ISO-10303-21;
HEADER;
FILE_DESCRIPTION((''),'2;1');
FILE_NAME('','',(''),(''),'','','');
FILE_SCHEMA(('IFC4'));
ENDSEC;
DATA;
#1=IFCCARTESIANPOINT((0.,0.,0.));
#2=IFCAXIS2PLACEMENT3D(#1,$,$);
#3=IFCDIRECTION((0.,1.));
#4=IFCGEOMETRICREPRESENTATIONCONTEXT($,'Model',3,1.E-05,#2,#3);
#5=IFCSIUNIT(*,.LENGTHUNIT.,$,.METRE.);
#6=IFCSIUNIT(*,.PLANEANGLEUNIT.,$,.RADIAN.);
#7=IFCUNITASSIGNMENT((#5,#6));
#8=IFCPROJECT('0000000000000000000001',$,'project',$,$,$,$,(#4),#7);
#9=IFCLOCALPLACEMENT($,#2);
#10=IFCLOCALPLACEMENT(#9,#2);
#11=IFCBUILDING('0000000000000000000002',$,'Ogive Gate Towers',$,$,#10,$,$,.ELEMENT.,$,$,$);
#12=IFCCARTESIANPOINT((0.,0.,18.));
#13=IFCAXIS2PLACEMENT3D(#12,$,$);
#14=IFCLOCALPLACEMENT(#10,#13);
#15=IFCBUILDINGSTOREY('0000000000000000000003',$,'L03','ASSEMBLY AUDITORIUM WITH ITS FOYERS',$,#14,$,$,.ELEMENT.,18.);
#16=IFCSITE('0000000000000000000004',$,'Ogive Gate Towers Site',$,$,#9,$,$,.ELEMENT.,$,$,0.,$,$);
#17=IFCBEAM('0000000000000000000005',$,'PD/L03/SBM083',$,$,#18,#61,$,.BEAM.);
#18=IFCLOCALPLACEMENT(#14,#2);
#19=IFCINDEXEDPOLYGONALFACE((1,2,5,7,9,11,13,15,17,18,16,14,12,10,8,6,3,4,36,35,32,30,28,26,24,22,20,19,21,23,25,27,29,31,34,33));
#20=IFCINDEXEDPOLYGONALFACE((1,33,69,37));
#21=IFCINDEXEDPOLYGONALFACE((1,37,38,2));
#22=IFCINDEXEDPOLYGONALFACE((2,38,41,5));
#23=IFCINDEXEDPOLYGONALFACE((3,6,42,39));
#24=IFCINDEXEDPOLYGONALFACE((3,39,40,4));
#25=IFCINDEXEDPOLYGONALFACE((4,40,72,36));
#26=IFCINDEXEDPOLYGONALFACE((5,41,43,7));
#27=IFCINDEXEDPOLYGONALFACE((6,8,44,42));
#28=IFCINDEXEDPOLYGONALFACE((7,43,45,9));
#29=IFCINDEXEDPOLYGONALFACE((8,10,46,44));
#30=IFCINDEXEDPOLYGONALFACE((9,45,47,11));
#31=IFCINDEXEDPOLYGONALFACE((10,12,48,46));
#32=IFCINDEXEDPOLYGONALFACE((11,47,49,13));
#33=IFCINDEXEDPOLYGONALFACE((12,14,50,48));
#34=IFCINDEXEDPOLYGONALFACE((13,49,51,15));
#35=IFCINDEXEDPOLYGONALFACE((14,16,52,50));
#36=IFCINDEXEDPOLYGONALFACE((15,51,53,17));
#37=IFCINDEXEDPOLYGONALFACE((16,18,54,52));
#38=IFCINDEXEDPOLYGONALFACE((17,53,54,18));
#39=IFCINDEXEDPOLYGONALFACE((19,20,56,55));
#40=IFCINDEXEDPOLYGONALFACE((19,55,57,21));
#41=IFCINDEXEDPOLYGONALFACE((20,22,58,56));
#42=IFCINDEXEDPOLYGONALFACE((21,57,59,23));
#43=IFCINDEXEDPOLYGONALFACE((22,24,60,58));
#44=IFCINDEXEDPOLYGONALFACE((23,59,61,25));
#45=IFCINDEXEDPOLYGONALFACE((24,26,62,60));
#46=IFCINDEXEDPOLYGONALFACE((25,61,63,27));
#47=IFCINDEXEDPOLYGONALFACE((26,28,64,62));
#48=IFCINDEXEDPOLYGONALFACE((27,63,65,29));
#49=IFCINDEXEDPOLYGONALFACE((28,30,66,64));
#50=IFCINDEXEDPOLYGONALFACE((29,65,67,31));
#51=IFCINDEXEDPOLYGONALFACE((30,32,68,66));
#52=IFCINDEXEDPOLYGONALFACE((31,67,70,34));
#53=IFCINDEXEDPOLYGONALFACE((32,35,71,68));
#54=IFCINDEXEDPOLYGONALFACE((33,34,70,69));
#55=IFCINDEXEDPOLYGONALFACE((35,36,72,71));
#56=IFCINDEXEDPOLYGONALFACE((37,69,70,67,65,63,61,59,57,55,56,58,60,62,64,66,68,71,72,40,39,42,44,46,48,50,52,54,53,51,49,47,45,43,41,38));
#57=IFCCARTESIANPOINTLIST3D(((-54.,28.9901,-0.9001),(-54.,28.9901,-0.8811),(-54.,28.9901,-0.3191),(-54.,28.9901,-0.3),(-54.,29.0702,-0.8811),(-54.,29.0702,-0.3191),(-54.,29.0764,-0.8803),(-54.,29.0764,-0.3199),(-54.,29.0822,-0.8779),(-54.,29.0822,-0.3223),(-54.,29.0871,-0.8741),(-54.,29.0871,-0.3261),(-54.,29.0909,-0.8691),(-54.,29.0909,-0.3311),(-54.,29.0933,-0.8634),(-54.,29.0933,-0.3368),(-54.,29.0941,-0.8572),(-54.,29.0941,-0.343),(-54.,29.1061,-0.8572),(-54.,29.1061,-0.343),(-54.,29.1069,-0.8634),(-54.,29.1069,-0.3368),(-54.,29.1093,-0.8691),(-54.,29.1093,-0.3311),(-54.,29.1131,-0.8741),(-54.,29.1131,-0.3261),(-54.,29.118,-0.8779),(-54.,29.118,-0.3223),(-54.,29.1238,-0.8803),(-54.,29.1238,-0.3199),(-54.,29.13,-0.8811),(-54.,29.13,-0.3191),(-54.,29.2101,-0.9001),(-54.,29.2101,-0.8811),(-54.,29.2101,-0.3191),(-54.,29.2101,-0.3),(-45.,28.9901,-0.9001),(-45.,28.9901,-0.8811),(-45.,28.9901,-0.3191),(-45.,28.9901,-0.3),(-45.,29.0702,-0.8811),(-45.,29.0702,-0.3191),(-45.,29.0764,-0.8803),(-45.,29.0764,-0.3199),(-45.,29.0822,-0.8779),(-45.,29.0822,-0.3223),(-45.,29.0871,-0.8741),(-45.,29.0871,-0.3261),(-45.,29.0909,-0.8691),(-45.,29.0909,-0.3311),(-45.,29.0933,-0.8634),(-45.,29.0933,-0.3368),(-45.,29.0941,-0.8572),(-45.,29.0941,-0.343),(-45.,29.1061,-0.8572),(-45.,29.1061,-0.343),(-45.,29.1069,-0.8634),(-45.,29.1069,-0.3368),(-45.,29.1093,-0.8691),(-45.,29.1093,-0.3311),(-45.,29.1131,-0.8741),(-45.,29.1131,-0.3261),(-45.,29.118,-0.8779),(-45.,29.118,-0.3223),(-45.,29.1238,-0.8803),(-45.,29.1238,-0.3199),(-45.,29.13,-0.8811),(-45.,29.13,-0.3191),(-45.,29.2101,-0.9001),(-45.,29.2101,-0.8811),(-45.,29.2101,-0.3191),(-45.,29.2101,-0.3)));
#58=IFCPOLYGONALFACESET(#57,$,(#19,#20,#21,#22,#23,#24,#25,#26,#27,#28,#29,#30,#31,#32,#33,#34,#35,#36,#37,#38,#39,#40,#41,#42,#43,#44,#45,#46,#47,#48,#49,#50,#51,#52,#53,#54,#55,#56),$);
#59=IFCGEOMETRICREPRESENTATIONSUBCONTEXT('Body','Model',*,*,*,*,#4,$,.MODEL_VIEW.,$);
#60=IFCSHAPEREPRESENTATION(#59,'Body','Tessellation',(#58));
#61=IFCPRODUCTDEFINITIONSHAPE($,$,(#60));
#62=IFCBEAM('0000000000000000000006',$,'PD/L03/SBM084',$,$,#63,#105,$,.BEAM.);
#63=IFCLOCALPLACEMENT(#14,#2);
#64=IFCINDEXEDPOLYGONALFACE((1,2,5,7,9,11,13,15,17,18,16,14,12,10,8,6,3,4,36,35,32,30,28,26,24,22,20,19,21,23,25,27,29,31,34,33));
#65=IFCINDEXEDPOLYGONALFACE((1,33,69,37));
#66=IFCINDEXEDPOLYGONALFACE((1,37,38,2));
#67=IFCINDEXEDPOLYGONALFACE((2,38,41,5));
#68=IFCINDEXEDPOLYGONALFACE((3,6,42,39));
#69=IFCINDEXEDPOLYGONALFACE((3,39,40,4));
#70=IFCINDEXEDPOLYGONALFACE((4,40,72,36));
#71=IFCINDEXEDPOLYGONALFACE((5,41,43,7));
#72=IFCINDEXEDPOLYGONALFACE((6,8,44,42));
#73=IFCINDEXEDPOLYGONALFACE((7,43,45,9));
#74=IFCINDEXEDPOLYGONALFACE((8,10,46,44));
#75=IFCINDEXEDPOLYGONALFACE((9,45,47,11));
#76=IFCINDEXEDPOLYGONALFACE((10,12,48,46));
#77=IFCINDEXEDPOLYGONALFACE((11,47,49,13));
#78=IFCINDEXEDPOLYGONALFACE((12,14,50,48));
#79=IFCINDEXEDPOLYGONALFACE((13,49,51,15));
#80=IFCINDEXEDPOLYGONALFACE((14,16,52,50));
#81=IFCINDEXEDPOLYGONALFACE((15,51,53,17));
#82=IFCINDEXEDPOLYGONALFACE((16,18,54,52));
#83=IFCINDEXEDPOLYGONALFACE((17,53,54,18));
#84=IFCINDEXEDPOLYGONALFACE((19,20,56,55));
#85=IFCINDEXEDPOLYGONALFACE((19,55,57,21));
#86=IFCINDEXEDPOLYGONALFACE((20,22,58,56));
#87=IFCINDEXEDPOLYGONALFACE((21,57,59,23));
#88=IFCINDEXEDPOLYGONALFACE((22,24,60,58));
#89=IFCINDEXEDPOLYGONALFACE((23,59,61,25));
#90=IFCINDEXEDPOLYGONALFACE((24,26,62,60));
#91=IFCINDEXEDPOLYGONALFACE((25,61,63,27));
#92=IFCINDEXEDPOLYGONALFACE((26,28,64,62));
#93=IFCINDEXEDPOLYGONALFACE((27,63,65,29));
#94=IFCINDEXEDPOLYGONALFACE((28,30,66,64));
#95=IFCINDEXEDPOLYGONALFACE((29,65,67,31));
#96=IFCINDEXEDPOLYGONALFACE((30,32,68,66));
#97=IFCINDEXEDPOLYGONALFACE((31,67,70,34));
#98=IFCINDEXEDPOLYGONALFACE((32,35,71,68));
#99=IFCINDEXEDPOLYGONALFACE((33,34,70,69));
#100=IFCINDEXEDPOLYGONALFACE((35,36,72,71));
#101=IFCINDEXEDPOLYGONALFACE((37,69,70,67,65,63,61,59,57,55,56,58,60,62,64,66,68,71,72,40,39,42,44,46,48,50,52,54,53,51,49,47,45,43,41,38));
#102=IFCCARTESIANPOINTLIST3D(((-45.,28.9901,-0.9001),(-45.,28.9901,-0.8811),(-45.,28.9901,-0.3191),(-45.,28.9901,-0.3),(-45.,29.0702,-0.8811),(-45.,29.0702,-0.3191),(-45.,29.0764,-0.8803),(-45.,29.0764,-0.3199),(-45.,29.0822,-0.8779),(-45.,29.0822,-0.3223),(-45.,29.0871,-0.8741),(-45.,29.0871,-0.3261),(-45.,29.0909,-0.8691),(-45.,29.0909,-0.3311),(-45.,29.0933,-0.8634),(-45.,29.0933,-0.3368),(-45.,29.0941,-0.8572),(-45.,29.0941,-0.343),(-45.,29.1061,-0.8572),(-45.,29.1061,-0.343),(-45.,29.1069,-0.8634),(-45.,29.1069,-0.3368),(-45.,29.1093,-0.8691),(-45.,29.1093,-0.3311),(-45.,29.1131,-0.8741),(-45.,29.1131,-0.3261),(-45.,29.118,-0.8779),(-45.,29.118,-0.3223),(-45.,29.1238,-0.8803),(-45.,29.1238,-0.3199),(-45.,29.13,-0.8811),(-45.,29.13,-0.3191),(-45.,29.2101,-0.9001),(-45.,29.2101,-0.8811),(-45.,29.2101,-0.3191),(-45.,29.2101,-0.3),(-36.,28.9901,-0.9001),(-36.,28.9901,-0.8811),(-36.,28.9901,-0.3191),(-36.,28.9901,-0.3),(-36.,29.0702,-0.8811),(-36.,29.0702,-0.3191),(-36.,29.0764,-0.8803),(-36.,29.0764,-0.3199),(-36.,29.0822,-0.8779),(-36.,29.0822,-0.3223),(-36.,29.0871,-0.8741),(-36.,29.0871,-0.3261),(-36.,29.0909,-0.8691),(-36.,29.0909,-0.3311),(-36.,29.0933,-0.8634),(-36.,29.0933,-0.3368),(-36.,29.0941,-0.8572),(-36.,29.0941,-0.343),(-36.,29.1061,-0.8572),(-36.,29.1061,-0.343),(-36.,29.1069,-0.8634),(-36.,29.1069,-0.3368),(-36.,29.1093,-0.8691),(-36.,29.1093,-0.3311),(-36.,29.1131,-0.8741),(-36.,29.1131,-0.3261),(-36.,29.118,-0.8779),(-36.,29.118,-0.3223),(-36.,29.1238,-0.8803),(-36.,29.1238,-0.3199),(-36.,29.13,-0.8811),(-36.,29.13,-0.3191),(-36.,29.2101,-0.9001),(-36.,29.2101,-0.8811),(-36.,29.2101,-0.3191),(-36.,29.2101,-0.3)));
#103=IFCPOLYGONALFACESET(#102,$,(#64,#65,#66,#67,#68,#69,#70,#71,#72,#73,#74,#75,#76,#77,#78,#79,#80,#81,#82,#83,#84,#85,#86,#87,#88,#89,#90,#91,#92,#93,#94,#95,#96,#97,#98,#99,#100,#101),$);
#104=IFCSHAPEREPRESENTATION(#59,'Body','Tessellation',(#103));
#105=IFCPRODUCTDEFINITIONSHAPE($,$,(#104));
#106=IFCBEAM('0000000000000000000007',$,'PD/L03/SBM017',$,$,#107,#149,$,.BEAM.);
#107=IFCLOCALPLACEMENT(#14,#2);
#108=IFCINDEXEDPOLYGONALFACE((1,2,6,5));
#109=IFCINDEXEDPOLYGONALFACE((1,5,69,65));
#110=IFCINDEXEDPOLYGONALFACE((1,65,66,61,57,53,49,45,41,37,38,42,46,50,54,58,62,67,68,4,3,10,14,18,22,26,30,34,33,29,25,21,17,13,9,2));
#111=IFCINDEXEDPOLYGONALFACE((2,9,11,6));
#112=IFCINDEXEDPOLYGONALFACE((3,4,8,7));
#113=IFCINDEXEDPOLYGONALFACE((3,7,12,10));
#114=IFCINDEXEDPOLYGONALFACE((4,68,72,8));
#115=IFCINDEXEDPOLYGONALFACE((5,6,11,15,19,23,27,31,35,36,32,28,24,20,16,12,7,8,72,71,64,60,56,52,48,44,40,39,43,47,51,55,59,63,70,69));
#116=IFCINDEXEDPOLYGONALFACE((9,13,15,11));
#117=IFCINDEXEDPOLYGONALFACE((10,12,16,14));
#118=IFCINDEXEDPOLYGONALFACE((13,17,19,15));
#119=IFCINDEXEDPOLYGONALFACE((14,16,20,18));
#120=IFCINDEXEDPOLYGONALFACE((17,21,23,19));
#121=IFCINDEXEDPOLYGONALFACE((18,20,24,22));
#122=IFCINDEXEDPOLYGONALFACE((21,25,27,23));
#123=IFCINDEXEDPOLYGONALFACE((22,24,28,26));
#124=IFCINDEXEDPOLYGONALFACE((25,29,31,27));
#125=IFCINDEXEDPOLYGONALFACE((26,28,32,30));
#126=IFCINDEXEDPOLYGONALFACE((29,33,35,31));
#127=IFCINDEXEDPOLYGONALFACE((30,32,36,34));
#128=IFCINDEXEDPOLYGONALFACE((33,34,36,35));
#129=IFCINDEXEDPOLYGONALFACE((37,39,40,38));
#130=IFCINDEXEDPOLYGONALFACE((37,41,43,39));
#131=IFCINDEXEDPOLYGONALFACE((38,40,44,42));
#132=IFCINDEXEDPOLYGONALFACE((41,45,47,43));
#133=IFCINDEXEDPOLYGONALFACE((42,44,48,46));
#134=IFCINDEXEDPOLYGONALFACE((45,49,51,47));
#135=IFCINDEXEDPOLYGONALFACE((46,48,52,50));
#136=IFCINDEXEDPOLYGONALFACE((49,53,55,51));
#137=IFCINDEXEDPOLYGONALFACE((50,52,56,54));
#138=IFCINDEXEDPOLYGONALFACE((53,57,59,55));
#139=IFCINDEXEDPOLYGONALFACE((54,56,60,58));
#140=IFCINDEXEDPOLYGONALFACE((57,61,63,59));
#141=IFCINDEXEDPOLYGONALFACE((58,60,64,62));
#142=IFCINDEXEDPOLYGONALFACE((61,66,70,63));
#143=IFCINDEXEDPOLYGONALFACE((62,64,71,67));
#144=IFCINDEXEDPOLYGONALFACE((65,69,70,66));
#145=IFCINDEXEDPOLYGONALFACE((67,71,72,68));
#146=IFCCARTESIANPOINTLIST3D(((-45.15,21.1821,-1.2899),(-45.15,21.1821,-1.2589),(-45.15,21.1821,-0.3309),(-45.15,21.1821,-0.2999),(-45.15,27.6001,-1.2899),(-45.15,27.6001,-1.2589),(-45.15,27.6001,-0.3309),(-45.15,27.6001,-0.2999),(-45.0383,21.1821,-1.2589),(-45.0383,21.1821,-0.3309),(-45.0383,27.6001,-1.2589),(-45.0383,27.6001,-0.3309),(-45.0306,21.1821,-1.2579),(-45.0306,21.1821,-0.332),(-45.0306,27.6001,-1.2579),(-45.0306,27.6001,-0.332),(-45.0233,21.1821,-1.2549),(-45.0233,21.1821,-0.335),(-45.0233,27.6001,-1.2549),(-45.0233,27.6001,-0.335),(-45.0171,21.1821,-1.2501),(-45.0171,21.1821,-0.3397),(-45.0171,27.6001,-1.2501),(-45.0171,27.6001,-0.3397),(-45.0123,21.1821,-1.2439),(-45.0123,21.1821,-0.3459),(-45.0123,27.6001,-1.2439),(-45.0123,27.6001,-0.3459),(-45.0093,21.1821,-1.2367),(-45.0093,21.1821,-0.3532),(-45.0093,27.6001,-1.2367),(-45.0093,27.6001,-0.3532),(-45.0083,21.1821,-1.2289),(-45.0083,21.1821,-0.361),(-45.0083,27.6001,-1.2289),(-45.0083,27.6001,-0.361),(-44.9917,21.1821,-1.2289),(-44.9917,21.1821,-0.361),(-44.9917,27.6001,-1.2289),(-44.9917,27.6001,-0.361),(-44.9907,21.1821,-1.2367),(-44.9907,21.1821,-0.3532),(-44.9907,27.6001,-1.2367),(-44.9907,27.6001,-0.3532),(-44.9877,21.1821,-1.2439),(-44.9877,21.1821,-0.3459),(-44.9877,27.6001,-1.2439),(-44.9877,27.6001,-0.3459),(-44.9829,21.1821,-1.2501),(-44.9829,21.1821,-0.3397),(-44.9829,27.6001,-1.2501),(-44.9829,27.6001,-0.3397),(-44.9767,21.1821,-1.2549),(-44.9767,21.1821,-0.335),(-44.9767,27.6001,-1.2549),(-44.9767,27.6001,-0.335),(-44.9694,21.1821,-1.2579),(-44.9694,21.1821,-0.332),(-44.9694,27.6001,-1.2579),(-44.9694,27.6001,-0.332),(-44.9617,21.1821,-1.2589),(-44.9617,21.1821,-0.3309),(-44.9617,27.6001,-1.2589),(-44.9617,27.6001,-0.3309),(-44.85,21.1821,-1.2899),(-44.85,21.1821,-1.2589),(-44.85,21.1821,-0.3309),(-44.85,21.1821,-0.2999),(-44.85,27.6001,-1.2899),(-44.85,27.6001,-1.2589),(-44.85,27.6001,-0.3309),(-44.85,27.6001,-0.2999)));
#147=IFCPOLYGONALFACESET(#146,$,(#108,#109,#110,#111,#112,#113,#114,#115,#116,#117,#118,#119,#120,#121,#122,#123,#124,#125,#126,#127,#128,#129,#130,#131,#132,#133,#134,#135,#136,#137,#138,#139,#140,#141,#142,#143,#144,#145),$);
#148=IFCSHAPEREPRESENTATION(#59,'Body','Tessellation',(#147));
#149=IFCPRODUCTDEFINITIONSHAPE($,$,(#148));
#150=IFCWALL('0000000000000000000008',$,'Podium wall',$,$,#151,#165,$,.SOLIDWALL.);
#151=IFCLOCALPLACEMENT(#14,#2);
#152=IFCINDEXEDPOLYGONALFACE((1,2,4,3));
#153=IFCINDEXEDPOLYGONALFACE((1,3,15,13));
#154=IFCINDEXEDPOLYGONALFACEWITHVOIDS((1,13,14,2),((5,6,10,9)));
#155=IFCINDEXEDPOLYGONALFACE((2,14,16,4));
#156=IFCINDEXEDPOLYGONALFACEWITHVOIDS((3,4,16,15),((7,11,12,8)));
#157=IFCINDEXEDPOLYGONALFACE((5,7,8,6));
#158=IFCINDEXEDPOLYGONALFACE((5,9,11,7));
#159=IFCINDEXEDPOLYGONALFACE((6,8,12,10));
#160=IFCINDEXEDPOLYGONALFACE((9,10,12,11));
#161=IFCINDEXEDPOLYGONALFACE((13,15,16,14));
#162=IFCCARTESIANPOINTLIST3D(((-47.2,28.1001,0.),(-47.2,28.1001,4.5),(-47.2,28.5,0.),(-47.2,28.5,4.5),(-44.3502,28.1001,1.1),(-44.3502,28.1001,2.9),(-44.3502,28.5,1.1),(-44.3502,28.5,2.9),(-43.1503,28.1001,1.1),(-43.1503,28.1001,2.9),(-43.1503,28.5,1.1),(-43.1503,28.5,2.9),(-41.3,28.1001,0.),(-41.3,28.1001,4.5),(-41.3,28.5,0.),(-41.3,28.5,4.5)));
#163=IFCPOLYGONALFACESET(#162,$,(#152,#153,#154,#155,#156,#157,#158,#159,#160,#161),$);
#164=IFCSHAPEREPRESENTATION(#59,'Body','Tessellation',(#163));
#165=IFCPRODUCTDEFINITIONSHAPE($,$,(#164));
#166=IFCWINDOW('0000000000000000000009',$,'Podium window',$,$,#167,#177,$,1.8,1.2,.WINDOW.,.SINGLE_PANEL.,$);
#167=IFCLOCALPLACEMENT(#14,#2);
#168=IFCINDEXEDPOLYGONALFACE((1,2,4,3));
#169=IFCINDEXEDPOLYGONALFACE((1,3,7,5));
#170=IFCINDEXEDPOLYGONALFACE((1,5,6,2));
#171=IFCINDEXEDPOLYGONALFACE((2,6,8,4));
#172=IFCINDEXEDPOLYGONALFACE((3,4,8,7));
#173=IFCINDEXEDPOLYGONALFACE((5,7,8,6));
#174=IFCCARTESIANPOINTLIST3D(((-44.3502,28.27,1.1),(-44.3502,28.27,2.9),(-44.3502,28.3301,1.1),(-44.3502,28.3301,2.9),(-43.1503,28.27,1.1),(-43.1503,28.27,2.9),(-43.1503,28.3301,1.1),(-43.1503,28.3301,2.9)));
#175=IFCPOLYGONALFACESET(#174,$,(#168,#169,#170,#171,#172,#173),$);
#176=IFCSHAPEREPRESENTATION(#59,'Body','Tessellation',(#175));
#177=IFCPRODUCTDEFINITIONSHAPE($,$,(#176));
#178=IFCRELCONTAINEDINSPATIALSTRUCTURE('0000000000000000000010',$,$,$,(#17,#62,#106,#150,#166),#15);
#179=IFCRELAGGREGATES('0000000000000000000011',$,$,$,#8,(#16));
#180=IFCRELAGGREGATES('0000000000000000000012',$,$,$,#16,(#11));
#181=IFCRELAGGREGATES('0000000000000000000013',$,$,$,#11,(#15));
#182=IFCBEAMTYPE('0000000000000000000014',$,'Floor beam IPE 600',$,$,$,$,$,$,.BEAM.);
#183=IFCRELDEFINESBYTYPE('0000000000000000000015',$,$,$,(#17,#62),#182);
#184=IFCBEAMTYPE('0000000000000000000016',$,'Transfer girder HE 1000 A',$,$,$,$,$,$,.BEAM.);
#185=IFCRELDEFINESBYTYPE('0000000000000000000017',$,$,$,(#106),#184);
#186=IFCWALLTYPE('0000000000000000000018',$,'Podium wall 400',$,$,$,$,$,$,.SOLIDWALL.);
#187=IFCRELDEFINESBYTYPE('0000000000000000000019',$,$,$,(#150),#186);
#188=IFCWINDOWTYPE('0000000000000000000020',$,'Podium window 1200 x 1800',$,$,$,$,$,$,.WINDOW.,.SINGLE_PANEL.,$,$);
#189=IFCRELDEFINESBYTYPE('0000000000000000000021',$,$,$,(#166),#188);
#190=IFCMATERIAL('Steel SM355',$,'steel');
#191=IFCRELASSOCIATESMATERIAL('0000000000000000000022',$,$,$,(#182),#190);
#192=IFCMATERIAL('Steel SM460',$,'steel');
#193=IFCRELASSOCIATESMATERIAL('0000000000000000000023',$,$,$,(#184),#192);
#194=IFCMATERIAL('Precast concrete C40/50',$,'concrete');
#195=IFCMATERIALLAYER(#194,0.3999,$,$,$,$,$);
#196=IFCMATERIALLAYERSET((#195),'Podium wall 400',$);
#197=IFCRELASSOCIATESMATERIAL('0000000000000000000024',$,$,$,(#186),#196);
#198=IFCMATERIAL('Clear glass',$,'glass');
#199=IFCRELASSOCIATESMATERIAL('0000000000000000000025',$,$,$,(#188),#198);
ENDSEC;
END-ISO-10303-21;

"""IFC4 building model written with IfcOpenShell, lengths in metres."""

from ifc_helpers import new_model, si_unit, direction, frame, frame_2d, origin, origin_2d, place, context, subcontext, project, spatial, rectangle, i_section, extrude, material, layer, layer_set, material_profile, profile_set, type_object, element, fill, save


model = new_model("IFC4")

# Units and contexts
model_context = context("Model", 3, precision=1e-05, world=origin(), true_north=direction((0.0, 1.0)))
body_context = subcontext(model_context, "Body", "Model", "MODEL_VIEW")
ifc_project = project(units=[si_unit("LENGTHUNIT", "METRE"), si_unit("PLANEANGLEUNIT", "RADIAN")], contexts=[model_context])

# Site, building, storey
site_placement = place(None, origin())
site = spatial("IfcSite", under=ifc_project, at=site_placement, Name="Ogive Gate Towers Site", CompositionType="ELEMENT", RefElevation=0.0)
building_placement = place(site_placement, origin())
building = spatial("IfcBuilding", under=site, at=building_placement, Name="Ogive Gate Towers", CompositionType="ELEMENT")
storey_placement = place(building_placement, frame((0.0, 0.0, 18.0)))
storey = spatial("IfcBuildingStorey", under=building, at=storey_placement, Name="L03", Description="ASSEMBLY AUDITORIUM WITH ITS FOYERS", CompositionType="ELEMENT", Elevation=18.0)

# Beams
ifc_material_1 = material(Name="Steel SM460", Category="steel")
ifc_material_2 = material(Name="Steel SM355", Category="steel")
ifc_material_profile_1 = material_profile(ifc_material_2, i_section(OverallWidth=0.22, OverallDepth=0.6001, WebThickness=0.012, FlangeThickness=0.019, FilletRadius=0.0239, at=origin_2d()), Name="IPE 600")
ifc_profile_set_1 = profile_set([ifc_material_profile_1], Name="Steel SM355")
beam_type_1 = type_object("IfcBeamType", Name="Floor beam IPE 600", PredefinedType="BEAM", material=ifc_profile_set_1)
for number, where, z_axis, x_axis, name in (
    (1, (-54.0, 29.1001, -0.6001), (1.0, 0.0, 0.0), (0.0, 1.0, 0.0), "PD/L03/SBM083"),
    (2, (-45.0, 29.1001, -0.6001), (1.0, 0.0, 0.0), (0.0, 1.0, 0.0), "PD/L03/SBM084"),
):
    element("IfcBeam", number, at=place(storey_placement, frame(where, z_axis=z_axis, x_axis=x_axis)), inside=storey, type_object=beam_type_1, Name=name, PredefinedType="BEAM", context=body_context, shape_type="SweptSolid", body=[
        extrude(i_section(OverallWidth=0.22, OverallDepth=0.6001, WebThickness=0.012, FlangeThickness=0.019, FilletRadius=0.0239, at=origin_2d()), origin(), (0.0, 0.0, 1.0), 9.0),
    ])
ifc_material_profile_2 = material_profile(ifc_material_1, i_section(OverallWidth=0.3, OverallDepth=0.99, WebThickness=0.0166, FlangeThickness=0.031, FilletRadius=0.03, at=origin_2d()), Name="HE 1000 A")
ifc_profile_set_2 = profile_set([ifc_material_profile_2], Name="Steel SM460")
beam_type_2 = type_object("IfcBeamType", Name="Transfer girder HE 1000 A", PredefinedType="BEAM", material=ifc_profile_set_2)
beam_1_placement = place(storey_placement, frame((-45.0, 27.6001, -0.7949), z_axis=(0.0, -1.0, 0.0), x_axis=(1.0, 0.0, 0.0)))
element("IfcBeam", 3, at=beam_1_placement, inside=storey, type_object=beam_type_2, Name="PD/L03/SBM017", PredefinedType="BEAM", context=body_context, shape_type="SweptSolid", body=[
    extrude(i_section(OverallWidth=0.3, OverallDepth=0.99, WebThickness=0.0166, FlangeThickness=0.031, FilletRadius=0.03, at=origin_2d()), origin(), (0.0, 0.0, 1.0), 6.418),
])

# Wall, opening, window
ifc_material_3 = material(Name="Precast concrete C40/50", Category="concrete")
ifc_layer = layer(ifc_material_3, 0.3999)
ifc_layer_set = layer_set([ifc_layer], Name="Podium wall 400")
wall_type = type_object("IfcWallType", Name="Podium wall 400", PredefinedType="SOLIDWALL", material=ifc_layer_set)
wall_1_placement = place(storey_placement, frame((-41.3, 28.3, 0.0), z_axis=(0.0, 0.0, 1.0), x_axis=(-1.0, 0.0, 0.0)))
wall_1 = element("IfcWall", 4, at=wall_1_placement, inside=storey, type_object=wall_type, Name="Podium wall", PredefinedType="SOLIDWALL", context=body_context, shape_type="SweptSolid", body=[
    extrude(rectangle(XDim=5.8999, YDim=0.3999, at=frame_2d((2.95, 0.0))), origin(), (0.0, 0.0, 1.0), 4.5),
])
opening_1_placement = place(wall_1_placement, frame((1.8501, 0.0, 1.1001)))
opening_1 = element("IfcOpeningElement", 5, at=opening_1_placement, cuts=wall_1, PredefinedType="OPENING", context=body_context, shape_type="SweptSolid", body=[
    extrude(rectangle(XDim=1.2, YDim=1.8, at=frame_2d((0.6001, 0.8999))), frame((0.0, 0.21, 0.0), z_axis=(0.0, -1.0, 0.0), x_axis=(1.0, 0.0, 0.0)), (0.0, 0.0, 1.0), 0.4199),
])
ifc_material_4 = material(Name="Clear glass", Category="glass")
window_type = type_object("IfcWindowType", Name="Podium window 1200 x 1800", PartitioningType="SINGLE_PANEL", PredefinedType="WINDOW", material=ifc_material_4)
window_1_placement = place(opening_1_placement, origin())
window_1 = element("IfcWindow", 6, at=window_1_placement, inside=storey, type_object=window_type, Name="Podium window", OverallHeight=1.8, OverallWidth=1.2, PartitioningType="SINGLE_PANEL", PredefinedType="WINDOW", context=body_context, shape_type="SweptSolid", body=[
    extrude(rectangle(XDim=1.2, YDim=1.8, at=frame_2d((0.6001, 0.8999))), frame((0.0, 0.03, 0.0), z_axis=(0.0, -1.0, 0.0), x_axis=(1.0, 0.0, 0.0)), (0.0, 0.0, 1.0), 0.0601),
])
fill(opening_1, window_1)

save(model, "model.ifc")
